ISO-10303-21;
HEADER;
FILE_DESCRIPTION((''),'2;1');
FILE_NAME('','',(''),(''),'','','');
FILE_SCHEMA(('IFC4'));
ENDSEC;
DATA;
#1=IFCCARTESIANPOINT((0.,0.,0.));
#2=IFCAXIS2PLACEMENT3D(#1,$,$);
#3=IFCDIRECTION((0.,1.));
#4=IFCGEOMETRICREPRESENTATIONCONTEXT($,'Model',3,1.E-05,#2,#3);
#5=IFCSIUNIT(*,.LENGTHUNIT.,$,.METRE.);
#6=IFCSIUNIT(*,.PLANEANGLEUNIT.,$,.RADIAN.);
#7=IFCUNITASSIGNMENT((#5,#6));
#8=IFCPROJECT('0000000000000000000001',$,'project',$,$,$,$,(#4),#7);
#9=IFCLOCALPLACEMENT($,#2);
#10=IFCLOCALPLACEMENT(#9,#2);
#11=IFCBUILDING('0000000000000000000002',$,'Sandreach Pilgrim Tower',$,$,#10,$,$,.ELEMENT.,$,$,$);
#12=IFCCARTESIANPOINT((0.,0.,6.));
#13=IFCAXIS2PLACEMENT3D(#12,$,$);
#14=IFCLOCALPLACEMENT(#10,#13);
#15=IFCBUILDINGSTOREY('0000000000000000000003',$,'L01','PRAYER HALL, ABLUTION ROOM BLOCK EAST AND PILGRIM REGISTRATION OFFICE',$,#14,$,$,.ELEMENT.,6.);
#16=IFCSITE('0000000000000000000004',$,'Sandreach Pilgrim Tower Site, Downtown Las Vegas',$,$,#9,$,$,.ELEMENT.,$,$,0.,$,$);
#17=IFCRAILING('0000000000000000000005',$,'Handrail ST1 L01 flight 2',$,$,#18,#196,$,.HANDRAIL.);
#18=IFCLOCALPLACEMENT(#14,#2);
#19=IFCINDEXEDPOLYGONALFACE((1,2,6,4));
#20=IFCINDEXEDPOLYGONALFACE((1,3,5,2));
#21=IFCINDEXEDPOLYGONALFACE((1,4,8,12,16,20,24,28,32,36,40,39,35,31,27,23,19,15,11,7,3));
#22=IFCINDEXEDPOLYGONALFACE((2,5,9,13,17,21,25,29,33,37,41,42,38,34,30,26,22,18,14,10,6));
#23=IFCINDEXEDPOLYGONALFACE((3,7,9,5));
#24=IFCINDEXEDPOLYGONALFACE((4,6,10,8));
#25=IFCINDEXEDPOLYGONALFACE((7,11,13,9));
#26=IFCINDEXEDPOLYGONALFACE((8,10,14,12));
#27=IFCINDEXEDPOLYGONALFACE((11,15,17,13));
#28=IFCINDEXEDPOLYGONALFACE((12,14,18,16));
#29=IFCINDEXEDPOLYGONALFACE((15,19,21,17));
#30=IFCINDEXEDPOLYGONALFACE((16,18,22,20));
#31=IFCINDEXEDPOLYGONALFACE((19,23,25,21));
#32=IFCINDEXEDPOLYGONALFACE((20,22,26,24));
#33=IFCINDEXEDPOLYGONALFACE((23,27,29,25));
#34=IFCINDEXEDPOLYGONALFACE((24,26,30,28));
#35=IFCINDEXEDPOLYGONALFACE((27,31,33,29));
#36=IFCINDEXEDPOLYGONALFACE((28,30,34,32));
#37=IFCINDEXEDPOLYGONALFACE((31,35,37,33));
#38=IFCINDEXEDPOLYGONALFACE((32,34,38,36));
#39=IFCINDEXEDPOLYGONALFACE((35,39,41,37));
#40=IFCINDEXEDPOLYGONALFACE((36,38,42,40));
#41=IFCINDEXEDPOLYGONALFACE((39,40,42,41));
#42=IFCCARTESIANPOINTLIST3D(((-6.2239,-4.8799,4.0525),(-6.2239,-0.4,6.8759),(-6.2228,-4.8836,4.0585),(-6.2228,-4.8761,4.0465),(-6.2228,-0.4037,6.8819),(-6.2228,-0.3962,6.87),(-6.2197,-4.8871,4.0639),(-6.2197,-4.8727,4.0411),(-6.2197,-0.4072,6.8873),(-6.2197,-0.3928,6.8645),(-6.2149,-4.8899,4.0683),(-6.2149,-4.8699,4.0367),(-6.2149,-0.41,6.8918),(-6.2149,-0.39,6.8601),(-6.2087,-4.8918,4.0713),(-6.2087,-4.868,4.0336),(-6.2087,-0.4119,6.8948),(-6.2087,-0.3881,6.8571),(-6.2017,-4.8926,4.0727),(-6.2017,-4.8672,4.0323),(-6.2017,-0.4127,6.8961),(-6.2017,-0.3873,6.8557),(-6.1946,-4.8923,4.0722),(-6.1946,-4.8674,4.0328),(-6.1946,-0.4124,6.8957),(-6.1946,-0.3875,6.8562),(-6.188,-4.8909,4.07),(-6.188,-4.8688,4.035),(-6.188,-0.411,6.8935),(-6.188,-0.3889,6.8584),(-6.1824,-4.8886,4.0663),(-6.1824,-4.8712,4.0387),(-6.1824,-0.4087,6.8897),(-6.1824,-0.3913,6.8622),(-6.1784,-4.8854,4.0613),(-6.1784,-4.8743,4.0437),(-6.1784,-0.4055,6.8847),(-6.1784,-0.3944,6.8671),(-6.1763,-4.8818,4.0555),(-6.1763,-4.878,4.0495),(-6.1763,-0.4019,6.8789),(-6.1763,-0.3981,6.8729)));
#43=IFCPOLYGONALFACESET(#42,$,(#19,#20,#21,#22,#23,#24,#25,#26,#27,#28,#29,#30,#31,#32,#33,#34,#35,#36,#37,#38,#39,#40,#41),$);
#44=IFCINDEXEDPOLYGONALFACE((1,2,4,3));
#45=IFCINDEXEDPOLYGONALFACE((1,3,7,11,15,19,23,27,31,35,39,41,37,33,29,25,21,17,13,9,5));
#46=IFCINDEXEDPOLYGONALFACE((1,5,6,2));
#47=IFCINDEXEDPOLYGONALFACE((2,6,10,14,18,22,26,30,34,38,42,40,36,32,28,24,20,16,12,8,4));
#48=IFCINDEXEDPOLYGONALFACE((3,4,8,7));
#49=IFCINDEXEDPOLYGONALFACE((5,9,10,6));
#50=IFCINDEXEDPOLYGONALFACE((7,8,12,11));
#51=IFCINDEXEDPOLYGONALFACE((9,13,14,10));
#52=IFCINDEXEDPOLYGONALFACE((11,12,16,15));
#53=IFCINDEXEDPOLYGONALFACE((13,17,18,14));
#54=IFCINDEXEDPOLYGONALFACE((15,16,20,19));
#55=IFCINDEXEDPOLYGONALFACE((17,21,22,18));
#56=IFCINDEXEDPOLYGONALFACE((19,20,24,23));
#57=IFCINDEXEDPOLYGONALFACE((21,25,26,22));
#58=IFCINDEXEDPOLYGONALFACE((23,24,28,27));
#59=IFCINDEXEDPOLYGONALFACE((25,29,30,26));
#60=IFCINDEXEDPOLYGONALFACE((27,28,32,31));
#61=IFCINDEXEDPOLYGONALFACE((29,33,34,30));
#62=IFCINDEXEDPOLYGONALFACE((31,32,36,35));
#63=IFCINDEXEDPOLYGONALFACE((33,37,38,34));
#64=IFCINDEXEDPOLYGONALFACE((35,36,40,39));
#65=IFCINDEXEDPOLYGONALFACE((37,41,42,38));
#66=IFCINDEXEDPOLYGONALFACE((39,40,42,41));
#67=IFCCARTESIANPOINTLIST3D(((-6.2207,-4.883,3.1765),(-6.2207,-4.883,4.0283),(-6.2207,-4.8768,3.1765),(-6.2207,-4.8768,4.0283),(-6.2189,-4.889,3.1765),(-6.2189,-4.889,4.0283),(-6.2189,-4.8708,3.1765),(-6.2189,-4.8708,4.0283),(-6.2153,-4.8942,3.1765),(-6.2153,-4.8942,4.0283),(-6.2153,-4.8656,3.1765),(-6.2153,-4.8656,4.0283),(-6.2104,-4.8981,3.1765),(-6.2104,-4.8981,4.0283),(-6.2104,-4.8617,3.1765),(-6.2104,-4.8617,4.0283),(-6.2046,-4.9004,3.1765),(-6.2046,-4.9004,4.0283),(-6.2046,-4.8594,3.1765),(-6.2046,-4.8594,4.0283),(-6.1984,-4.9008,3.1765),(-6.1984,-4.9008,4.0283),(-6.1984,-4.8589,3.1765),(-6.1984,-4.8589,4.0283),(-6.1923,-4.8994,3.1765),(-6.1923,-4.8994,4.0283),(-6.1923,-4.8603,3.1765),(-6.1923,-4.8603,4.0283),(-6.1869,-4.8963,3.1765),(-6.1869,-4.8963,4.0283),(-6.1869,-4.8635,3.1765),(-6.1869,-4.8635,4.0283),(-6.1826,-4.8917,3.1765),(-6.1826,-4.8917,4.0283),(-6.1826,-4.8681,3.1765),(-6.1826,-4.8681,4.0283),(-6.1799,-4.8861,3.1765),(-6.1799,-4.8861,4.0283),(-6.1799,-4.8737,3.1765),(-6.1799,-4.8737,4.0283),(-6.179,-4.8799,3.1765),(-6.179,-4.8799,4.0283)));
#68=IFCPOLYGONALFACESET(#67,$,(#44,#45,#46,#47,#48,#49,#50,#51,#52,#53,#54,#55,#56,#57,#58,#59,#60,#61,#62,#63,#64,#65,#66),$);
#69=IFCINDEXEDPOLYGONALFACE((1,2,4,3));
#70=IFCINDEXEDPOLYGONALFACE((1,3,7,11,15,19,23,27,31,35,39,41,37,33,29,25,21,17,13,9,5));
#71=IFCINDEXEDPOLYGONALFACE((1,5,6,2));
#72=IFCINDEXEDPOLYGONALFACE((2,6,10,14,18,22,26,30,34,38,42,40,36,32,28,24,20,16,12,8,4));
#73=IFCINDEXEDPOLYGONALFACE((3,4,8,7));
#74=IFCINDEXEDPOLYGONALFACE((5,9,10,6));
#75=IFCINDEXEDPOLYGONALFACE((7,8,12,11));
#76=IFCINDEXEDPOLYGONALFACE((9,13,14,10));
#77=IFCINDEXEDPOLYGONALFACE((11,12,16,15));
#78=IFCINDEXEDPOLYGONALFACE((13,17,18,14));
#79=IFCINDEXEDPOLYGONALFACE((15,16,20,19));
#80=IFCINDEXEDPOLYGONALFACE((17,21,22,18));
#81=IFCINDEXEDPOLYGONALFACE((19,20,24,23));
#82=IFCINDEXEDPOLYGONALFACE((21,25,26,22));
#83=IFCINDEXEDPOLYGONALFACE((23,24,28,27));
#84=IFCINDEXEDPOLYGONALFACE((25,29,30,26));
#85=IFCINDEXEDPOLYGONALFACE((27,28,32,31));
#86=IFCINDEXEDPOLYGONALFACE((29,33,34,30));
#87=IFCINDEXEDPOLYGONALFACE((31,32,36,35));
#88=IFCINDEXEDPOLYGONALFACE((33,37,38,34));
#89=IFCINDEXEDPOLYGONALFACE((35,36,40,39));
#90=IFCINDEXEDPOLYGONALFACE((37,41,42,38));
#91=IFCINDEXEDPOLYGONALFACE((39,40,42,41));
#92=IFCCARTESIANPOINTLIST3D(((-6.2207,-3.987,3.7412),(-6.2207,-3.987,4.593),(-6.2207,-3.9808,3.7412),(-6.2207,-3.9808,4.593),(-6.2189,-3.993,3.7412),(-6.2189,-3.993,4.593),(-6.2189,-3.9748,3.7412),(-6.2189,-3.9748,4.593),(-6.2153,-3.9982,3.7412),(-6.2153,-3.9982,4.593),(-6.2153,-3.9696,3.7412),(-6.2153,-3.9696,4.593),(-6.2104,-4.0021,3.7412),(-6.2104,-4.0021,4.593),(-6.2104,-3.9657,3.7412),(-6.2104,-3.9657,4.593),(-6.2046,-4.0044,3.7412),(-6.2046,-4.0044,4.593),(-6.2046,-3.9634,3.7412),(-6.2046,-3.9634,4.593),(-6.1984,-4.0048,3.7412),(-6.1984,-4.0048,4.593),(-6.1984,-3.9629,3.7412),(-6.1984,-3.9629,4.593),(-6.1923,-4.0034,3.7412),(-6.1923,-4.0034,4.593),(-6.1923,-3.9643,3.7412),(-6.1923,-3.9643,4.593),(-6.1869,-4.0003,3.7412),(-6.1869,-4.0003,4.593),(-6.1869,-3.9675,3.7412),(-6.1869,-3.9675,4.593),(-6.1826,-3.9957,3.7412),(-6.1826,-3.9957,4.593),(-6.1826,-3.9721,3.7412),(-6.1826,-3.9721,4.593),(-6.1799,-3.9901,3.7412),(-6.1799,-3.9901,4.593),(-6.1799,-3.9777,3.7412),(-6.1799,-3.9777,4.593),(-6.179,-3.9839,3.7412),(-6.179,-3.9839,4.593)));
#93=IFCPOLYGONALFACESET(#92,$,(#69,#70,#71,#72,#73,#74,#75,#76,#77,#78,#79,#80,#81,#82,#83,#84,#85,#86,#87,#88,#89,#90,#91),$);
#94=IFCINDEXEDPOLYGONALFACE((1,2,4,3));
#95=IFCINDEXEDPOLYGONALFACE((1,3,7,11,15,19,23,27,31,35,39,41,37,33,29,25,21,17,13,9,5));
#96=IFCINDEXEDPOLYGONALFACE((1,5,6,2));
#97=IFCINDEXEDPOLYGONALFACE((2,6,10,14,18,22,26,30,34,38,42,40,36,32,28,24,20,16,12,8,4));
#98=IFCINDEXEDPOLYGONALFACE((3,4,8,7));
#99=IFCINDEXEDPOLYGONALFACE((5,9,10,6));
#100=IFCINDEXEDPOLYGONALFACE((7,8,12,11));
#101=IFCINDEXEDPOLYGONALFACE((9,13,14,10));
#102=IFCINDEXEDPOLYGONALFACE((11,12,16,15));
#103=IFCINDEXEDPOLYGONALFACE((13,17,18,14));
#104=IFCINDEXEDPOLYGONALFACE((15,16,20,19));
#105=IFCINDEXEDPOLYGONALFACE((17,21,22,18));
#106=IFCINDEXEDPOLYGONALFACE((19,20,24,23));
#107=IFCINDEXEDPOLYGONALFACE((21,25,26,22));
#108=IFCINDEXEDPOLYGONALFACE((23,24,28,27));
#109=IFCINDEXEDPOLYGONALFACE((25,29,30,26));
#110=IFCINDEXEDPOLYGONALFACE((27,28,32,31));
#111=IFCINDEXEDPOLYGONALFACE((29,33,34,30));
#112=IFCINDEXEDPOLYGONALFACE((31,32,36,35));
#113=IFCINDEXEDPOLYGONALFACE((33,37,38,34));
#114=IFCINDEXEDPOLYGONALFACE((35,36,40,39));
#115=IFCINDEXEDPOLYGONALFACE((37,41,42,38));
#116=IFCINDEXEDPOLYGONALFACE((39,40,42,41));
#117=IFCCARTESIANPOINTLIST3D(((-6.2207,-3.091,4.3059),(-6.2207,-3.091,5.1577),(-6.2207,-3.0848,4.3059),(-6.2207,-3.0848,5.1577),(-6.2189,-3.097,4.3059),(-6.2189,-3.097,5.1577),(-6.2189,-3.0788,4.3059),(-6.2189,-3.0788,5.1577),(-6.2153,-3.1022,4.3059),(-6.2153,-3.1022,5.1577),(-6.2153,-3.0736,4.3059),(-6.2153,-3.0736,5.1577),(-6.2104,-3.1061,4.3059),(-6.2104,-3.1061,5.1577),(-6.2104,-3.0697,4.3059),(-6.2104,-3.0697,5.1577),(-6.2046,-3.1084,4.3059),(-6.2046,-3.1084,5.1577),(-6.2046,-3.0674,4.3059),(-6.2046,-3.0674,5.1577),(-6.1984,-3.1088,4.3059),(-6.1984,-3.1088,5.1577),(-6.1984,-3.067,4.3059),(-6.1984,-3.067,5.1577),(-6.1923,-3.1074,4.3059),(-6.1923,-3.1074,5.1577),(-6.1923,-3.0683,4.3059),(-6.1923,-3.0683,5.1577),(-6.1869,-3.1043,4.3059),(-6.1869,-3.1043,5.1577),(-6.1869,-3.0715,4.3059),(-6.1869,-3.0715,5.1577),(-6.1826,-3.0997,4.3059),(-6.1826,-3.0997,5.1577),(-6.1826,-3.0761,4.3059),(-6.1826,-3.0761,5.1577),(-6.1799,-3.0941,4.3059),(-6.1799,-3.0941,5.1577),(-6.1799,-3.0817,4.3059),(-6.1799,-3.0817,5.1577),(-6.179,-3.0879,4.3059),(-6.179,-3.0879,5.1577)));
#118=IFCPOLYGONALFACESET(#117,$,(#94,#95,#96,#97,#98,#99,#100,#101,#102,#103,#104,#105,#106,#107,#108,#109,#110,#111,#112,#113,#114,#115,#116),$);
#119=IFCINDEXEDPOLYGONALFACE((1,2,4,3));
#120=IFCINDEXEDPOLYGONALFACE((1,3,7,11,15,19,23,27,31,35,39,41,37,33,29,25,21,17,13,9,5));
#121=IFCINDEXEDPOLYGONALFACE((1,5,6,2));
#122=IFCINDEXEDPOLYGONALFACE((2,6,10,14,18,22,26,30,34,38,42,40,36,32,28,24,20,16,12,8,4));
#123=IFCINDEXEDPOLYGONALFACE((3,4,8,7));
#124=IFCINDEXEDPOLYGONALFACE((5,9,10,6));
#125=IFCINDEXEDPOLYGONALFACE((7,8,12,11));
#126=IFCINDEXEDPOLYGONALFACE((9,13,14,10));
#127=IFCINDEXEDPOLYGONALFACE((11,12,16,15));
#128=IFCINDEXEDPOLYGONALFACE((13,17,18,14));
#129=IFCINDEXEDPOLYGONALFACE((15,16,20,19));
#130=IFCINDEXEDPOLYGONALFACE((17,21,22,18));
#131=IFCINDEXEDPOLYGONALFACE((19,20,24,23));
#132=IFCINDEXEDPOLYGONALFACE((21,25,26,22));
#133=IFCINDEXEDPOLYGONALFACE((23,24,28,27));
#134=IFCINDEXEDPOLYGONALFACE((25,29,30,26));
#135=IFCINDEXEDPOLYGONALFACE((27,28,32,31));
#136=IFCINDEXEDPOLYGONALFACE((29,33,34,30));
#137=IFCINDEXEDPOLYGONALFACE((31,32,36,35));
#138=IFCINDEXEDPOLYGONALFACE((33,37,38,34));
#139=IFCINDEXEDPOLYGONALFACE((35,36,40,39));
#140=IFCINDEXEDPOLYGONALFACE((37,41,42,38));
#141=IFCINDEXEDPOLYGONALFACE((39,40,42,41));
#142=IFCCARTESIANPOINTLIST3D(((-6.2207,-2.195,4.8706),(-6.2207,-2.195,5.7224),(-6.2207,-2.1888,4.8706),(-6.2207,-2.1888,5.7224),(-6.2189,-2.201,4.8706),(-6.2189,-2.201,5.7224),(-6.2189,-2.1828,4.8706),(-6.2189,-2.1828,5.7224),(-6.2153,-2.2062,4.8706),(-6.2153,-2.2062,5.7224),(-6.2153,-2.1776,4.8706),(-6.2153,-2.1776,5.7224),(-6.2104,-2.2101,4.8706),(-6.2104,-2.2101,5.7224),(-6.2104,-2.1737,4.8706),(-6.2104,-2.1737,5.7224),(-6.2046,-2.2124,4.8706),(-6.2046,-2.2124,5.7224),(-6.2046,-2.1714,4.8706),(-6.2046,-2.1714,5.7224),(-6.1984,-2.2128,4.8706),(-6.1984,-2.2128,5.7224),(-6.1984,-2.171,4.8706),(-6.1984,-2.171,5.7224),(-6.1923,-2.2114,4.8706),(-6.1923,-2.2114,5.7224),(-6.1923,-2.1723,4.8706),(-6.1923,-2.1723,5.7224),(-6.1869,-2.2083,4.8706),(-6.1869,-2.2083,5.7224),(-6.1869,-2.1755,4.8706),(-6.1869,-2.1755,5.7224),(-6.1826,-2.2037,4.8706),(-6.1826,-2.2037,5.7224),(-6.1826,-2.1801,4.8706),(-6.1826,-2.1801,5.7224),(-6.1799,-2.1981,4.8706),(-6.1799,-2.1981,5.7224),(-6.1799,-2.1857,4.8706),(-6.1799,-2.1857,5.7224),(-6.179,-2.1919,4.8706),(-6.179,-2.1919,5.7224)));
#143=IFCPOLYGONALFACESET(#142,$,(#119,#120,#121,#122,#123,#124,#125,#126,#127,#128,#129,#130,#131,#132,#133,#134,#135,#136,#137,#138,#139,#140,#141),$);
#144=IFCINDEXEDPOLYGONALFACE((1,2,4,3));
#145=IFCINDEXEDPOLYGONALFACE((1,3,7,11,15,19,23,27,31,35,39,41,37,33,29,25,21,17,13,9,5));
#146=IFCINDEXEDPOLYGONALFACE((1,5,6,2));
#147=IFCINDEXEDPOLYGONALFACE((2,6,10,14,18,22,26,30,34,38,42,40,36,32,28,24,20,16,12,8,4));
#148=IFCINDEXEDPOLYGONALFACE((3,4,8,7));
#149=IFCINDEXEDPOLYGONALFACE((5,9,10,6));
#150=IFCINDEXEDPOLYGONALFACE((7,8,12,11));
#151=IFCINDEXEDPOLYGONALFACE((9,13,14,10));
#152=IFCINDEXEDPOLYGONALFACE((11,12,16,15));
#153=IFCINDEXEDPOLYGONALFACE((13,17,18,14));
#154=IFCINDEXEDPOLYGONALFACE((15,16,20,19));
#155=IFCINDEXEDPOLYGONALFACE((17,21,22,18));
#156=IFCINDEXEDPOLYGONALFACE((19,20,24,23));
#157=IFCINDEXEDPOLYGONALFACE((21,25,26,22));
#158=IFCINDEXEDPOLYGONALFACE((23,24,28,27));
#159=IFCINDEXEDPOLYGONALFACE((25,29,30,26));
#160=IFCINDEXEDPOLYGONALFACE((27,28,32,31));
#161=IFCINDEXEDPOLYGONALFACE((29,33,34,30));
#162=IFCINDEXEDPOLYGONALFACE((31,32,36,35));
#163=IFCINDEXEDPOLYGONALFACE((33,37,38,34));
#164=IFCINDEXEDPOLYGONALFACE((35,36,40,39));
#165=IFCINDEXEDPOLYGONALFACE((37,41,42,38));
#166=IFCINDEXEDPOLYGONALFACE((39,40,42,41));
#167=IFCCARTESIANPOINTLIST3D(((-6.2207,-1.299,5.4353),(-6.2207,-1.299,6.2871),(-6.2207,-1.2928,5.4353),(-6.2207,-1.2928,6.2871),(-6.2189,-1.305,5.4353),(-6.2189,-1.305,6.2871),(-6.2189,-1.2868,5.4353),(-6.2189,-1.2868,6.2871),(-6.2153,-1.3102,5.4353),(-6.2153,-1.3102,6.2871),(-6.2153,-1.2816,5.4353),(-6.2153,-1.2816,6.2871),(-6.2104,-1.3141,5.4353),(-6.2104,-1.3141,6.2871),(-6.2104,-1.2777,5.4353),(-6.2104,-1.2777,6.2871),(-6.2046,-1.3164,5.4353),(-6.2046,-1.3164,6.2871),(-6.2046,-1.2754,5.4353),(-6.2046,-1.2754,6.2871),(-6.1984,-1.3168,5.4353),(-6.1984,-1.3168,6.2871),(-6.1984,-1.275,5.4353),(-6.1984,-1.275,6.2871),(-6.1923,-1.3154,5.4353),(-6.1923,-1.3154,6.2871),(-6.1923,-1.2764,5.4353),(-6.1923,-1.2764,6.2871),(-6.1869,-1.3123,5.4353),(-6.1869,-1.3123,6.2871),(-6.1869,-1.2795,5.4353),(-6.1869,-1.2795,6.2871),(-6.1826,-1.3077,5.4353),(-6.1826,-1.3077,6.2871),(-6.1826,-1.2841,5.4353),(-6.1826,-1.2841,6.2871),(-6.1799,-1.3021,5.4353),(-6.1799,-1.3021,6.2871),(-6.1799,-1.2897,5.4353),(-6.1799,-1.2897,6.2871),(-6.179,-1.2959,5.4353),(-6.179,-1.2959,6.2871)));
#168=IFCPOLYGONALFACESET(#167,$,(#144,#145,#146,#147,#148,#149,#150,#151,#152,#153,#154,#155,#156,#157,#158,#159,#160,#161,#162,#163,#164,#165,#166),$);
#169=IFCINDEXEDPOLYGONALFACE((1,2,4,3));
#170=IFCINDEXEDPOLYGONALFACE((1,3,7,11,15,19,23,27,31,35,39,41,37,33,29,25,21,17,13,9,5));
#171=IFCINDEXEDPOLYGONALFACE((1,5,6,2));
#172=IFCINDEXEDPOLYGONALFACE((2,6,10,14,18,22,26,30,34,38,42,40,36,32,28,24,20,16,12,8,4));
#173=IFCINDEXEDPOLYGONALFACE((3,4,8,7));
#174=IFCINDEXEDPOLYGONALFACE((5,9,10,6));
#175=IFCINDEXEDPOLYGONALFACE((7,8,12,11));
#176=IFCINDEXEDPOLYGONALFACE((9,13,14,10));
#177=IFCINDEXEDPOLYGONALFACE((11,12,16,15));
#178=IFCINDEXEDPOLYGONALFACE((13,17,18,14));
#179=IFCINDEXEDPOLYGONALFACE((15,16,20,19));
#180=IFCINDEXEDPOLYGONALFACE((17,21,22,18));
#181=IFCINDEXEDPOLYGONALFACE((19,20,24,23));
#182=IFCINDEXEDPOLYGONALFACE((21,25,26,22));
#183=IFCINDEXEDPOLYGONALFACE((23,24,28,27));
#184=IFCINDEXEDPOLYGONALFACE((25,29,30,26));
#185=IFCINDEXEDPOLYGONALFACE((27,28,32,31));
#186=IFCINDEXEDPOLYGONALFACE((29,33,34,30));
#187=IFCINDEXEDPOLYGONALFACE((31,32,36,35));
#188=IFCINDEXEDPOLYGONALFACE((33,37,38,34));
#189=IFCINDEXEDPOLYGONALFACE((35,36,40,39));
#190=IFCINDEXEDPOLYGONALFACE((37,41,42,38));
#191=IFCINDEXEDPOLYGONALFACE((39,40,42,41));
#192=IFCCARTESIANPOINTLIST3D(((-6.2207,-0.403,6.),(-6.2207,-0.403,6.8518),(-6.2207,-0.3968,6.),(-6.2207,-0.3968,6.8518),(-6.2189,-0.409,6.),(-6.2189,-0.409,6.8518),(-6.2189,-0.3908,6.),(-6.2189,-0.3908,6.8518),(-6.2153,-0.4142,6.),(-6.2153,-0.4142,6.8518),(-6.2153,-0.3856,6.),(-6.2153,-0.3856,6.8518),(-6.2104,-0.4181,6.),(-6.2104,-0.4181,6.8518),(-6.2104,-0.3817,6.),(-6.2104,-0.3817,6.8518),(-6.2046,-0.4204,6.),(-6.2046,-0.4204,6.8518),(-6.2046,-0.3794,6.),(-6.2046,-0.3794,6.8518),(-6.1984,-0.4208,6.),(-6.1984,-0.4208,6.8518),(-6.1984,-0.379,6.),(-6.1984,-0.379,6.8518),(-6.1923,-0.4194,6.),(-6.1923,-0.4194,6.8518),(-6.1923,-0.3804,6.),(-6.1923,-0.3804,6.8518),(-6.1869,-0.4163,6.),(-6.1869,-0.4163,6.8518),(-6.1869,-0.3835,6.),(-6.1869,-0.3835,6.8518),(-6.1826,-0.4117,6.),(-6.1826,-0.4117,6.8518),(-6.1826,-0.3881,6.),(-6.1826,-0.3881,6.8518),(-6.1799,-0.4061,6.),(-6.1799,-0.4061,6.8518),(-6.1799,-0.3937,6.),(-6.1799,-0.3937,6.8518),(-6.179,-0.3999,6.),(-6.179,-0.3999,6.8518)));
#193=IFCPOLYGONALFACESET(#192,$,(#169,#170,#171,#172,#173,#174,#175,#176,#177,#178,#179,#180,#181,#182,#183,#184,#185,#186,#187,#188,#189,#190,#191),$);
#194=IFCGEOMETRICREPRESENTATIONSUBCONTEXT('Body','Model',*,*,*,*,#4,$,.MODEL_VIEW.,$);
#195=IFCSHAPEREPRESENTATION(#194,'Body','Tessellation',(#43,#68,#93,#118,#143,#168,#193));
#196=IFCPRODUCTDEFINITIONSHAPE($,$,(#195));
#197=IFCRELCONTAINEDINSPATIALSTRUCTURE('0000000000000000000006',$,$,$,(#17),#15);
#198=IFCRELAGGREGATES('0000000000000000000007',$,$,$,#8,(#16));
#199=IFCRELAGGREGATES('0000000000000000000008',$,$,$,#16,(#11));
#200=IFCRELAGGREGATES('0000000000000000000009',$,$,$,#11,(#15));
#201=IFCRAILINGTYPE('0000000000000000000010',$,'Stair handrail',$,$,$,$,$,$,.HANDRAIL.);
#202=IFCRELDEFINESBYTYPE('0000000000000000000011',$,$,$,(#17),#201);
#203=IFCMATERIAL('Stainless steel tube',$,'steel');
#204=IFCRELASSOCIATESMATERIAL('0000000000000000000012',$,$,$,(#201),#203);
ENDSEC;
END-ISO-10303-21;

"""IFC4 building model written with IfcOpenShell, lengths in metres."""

from ifc_helpers import new_model, si_unit, direction, frame, origin, origin_2d, place, context, subcontext, project, spatial, circle, extrude, material, type_object, element, save


model = new_model("IFC4")

# Units and contexts
model_context = context("Model", 3, precision=1e-05, world=origin(), true_north=direction((0.0, 1.0)))
body_context = subcontext(model_context, "Body", "Model", "MODEL_VIEW")
ifc_project = project(units=[si_unit("LENGTHUNIT", "METRE"), si_unit("PLANEANGLEUNIT", "RADIAN")], contexts=[model_context])

# Site, building, storey
site_placement = place(None, origin())
site = spatial("IfcSite", under=ifc_project, at=site_placement, Name="Sandreach Pilgrim Tower Site, Downtown Las Vegas", CompositionType="ELEMENT", RefElevation=0.0)
building_placement = place(site_placement, origin())
building = spatial("IfcBuilding", under=site, at=building_placement, Name="Sandreach Pilgrim Tower", CompositionType="ELEMENT")
storey_placement = place(building_placement, frame((0.0, 0.0, 6.0)))
storey = spatial("IfcBuildingStorey", under=building, at=storey_placement, Name="L01", Description="PRAYER HALL, ABLUTION ROOM BLOCK EAST AND PILGRIM REGISTRATION OFFICE", CompositionType="ELEMENT", Elevation=6.0)

# Railing
ifc_material_1 = material(Name="Stainless steel tube", Category="steel")
railing_type = type_object("IfcRailingType", Name="Stair handrail", PredefinedType="HANDRAIL", material=ifc_material_1)
for number, where, name in (
    (1, (-6.2, -4.8799, 3.1765), "Handrail ST1 L01 flight 2"),
):
    element("IfcRailing", number, at=place(storey_placement, frame(where)), inside=storey, type_object=railing_type, Name=name, PredefinedType="HANDRAIL", context=body_context, shape_type="SweptSolid", body=[
        extrude(circle(Radius=0.0239, at=origin_2d()), frame((0.0, 0.0, 0.876), z_axis=(0.0, 0.845998, 0.533186), x_axis=(-1.0, 0.0, 0.0)), (0.0, 0.0, 1.0), 5.2954),
        extrude(circle(Radius=0.021, at=origin_2d()), origin(), (0.0, 0.0, 1.0), 0.8518),
        extrude(circle(Radius=0.021, at=origin_2d()), frame((0.0, 0.896, 0.5647)), (0.0, 0.0, 1.0), 0.8518),
        extrude(circle(Radius=0.021, at=origin_2d()), frame((0.0, 1.792, 1.1294)), (0.0, 0.0, 1.0), 0.8518),
        extrude(circle(Radius=0.021, at=origin_2d()), frame((0.0, 2.688, 1.6941)), (0.0, 0.0, 1.0), 0.8518),
        extrude(circle(Radius=0.021, at=origin_2d()), frame((0.0, 3.584, 2.2588)), (0.0, 0.0, 1.0), 0.8518),
        extrude(circle(Radius=0.021, at=origin_2d()), frame((0.0, 4.48, 2.8235)), (0.0, 0.0, 1.0), 0.8518),
    ])

save(model, "model.ifc")
